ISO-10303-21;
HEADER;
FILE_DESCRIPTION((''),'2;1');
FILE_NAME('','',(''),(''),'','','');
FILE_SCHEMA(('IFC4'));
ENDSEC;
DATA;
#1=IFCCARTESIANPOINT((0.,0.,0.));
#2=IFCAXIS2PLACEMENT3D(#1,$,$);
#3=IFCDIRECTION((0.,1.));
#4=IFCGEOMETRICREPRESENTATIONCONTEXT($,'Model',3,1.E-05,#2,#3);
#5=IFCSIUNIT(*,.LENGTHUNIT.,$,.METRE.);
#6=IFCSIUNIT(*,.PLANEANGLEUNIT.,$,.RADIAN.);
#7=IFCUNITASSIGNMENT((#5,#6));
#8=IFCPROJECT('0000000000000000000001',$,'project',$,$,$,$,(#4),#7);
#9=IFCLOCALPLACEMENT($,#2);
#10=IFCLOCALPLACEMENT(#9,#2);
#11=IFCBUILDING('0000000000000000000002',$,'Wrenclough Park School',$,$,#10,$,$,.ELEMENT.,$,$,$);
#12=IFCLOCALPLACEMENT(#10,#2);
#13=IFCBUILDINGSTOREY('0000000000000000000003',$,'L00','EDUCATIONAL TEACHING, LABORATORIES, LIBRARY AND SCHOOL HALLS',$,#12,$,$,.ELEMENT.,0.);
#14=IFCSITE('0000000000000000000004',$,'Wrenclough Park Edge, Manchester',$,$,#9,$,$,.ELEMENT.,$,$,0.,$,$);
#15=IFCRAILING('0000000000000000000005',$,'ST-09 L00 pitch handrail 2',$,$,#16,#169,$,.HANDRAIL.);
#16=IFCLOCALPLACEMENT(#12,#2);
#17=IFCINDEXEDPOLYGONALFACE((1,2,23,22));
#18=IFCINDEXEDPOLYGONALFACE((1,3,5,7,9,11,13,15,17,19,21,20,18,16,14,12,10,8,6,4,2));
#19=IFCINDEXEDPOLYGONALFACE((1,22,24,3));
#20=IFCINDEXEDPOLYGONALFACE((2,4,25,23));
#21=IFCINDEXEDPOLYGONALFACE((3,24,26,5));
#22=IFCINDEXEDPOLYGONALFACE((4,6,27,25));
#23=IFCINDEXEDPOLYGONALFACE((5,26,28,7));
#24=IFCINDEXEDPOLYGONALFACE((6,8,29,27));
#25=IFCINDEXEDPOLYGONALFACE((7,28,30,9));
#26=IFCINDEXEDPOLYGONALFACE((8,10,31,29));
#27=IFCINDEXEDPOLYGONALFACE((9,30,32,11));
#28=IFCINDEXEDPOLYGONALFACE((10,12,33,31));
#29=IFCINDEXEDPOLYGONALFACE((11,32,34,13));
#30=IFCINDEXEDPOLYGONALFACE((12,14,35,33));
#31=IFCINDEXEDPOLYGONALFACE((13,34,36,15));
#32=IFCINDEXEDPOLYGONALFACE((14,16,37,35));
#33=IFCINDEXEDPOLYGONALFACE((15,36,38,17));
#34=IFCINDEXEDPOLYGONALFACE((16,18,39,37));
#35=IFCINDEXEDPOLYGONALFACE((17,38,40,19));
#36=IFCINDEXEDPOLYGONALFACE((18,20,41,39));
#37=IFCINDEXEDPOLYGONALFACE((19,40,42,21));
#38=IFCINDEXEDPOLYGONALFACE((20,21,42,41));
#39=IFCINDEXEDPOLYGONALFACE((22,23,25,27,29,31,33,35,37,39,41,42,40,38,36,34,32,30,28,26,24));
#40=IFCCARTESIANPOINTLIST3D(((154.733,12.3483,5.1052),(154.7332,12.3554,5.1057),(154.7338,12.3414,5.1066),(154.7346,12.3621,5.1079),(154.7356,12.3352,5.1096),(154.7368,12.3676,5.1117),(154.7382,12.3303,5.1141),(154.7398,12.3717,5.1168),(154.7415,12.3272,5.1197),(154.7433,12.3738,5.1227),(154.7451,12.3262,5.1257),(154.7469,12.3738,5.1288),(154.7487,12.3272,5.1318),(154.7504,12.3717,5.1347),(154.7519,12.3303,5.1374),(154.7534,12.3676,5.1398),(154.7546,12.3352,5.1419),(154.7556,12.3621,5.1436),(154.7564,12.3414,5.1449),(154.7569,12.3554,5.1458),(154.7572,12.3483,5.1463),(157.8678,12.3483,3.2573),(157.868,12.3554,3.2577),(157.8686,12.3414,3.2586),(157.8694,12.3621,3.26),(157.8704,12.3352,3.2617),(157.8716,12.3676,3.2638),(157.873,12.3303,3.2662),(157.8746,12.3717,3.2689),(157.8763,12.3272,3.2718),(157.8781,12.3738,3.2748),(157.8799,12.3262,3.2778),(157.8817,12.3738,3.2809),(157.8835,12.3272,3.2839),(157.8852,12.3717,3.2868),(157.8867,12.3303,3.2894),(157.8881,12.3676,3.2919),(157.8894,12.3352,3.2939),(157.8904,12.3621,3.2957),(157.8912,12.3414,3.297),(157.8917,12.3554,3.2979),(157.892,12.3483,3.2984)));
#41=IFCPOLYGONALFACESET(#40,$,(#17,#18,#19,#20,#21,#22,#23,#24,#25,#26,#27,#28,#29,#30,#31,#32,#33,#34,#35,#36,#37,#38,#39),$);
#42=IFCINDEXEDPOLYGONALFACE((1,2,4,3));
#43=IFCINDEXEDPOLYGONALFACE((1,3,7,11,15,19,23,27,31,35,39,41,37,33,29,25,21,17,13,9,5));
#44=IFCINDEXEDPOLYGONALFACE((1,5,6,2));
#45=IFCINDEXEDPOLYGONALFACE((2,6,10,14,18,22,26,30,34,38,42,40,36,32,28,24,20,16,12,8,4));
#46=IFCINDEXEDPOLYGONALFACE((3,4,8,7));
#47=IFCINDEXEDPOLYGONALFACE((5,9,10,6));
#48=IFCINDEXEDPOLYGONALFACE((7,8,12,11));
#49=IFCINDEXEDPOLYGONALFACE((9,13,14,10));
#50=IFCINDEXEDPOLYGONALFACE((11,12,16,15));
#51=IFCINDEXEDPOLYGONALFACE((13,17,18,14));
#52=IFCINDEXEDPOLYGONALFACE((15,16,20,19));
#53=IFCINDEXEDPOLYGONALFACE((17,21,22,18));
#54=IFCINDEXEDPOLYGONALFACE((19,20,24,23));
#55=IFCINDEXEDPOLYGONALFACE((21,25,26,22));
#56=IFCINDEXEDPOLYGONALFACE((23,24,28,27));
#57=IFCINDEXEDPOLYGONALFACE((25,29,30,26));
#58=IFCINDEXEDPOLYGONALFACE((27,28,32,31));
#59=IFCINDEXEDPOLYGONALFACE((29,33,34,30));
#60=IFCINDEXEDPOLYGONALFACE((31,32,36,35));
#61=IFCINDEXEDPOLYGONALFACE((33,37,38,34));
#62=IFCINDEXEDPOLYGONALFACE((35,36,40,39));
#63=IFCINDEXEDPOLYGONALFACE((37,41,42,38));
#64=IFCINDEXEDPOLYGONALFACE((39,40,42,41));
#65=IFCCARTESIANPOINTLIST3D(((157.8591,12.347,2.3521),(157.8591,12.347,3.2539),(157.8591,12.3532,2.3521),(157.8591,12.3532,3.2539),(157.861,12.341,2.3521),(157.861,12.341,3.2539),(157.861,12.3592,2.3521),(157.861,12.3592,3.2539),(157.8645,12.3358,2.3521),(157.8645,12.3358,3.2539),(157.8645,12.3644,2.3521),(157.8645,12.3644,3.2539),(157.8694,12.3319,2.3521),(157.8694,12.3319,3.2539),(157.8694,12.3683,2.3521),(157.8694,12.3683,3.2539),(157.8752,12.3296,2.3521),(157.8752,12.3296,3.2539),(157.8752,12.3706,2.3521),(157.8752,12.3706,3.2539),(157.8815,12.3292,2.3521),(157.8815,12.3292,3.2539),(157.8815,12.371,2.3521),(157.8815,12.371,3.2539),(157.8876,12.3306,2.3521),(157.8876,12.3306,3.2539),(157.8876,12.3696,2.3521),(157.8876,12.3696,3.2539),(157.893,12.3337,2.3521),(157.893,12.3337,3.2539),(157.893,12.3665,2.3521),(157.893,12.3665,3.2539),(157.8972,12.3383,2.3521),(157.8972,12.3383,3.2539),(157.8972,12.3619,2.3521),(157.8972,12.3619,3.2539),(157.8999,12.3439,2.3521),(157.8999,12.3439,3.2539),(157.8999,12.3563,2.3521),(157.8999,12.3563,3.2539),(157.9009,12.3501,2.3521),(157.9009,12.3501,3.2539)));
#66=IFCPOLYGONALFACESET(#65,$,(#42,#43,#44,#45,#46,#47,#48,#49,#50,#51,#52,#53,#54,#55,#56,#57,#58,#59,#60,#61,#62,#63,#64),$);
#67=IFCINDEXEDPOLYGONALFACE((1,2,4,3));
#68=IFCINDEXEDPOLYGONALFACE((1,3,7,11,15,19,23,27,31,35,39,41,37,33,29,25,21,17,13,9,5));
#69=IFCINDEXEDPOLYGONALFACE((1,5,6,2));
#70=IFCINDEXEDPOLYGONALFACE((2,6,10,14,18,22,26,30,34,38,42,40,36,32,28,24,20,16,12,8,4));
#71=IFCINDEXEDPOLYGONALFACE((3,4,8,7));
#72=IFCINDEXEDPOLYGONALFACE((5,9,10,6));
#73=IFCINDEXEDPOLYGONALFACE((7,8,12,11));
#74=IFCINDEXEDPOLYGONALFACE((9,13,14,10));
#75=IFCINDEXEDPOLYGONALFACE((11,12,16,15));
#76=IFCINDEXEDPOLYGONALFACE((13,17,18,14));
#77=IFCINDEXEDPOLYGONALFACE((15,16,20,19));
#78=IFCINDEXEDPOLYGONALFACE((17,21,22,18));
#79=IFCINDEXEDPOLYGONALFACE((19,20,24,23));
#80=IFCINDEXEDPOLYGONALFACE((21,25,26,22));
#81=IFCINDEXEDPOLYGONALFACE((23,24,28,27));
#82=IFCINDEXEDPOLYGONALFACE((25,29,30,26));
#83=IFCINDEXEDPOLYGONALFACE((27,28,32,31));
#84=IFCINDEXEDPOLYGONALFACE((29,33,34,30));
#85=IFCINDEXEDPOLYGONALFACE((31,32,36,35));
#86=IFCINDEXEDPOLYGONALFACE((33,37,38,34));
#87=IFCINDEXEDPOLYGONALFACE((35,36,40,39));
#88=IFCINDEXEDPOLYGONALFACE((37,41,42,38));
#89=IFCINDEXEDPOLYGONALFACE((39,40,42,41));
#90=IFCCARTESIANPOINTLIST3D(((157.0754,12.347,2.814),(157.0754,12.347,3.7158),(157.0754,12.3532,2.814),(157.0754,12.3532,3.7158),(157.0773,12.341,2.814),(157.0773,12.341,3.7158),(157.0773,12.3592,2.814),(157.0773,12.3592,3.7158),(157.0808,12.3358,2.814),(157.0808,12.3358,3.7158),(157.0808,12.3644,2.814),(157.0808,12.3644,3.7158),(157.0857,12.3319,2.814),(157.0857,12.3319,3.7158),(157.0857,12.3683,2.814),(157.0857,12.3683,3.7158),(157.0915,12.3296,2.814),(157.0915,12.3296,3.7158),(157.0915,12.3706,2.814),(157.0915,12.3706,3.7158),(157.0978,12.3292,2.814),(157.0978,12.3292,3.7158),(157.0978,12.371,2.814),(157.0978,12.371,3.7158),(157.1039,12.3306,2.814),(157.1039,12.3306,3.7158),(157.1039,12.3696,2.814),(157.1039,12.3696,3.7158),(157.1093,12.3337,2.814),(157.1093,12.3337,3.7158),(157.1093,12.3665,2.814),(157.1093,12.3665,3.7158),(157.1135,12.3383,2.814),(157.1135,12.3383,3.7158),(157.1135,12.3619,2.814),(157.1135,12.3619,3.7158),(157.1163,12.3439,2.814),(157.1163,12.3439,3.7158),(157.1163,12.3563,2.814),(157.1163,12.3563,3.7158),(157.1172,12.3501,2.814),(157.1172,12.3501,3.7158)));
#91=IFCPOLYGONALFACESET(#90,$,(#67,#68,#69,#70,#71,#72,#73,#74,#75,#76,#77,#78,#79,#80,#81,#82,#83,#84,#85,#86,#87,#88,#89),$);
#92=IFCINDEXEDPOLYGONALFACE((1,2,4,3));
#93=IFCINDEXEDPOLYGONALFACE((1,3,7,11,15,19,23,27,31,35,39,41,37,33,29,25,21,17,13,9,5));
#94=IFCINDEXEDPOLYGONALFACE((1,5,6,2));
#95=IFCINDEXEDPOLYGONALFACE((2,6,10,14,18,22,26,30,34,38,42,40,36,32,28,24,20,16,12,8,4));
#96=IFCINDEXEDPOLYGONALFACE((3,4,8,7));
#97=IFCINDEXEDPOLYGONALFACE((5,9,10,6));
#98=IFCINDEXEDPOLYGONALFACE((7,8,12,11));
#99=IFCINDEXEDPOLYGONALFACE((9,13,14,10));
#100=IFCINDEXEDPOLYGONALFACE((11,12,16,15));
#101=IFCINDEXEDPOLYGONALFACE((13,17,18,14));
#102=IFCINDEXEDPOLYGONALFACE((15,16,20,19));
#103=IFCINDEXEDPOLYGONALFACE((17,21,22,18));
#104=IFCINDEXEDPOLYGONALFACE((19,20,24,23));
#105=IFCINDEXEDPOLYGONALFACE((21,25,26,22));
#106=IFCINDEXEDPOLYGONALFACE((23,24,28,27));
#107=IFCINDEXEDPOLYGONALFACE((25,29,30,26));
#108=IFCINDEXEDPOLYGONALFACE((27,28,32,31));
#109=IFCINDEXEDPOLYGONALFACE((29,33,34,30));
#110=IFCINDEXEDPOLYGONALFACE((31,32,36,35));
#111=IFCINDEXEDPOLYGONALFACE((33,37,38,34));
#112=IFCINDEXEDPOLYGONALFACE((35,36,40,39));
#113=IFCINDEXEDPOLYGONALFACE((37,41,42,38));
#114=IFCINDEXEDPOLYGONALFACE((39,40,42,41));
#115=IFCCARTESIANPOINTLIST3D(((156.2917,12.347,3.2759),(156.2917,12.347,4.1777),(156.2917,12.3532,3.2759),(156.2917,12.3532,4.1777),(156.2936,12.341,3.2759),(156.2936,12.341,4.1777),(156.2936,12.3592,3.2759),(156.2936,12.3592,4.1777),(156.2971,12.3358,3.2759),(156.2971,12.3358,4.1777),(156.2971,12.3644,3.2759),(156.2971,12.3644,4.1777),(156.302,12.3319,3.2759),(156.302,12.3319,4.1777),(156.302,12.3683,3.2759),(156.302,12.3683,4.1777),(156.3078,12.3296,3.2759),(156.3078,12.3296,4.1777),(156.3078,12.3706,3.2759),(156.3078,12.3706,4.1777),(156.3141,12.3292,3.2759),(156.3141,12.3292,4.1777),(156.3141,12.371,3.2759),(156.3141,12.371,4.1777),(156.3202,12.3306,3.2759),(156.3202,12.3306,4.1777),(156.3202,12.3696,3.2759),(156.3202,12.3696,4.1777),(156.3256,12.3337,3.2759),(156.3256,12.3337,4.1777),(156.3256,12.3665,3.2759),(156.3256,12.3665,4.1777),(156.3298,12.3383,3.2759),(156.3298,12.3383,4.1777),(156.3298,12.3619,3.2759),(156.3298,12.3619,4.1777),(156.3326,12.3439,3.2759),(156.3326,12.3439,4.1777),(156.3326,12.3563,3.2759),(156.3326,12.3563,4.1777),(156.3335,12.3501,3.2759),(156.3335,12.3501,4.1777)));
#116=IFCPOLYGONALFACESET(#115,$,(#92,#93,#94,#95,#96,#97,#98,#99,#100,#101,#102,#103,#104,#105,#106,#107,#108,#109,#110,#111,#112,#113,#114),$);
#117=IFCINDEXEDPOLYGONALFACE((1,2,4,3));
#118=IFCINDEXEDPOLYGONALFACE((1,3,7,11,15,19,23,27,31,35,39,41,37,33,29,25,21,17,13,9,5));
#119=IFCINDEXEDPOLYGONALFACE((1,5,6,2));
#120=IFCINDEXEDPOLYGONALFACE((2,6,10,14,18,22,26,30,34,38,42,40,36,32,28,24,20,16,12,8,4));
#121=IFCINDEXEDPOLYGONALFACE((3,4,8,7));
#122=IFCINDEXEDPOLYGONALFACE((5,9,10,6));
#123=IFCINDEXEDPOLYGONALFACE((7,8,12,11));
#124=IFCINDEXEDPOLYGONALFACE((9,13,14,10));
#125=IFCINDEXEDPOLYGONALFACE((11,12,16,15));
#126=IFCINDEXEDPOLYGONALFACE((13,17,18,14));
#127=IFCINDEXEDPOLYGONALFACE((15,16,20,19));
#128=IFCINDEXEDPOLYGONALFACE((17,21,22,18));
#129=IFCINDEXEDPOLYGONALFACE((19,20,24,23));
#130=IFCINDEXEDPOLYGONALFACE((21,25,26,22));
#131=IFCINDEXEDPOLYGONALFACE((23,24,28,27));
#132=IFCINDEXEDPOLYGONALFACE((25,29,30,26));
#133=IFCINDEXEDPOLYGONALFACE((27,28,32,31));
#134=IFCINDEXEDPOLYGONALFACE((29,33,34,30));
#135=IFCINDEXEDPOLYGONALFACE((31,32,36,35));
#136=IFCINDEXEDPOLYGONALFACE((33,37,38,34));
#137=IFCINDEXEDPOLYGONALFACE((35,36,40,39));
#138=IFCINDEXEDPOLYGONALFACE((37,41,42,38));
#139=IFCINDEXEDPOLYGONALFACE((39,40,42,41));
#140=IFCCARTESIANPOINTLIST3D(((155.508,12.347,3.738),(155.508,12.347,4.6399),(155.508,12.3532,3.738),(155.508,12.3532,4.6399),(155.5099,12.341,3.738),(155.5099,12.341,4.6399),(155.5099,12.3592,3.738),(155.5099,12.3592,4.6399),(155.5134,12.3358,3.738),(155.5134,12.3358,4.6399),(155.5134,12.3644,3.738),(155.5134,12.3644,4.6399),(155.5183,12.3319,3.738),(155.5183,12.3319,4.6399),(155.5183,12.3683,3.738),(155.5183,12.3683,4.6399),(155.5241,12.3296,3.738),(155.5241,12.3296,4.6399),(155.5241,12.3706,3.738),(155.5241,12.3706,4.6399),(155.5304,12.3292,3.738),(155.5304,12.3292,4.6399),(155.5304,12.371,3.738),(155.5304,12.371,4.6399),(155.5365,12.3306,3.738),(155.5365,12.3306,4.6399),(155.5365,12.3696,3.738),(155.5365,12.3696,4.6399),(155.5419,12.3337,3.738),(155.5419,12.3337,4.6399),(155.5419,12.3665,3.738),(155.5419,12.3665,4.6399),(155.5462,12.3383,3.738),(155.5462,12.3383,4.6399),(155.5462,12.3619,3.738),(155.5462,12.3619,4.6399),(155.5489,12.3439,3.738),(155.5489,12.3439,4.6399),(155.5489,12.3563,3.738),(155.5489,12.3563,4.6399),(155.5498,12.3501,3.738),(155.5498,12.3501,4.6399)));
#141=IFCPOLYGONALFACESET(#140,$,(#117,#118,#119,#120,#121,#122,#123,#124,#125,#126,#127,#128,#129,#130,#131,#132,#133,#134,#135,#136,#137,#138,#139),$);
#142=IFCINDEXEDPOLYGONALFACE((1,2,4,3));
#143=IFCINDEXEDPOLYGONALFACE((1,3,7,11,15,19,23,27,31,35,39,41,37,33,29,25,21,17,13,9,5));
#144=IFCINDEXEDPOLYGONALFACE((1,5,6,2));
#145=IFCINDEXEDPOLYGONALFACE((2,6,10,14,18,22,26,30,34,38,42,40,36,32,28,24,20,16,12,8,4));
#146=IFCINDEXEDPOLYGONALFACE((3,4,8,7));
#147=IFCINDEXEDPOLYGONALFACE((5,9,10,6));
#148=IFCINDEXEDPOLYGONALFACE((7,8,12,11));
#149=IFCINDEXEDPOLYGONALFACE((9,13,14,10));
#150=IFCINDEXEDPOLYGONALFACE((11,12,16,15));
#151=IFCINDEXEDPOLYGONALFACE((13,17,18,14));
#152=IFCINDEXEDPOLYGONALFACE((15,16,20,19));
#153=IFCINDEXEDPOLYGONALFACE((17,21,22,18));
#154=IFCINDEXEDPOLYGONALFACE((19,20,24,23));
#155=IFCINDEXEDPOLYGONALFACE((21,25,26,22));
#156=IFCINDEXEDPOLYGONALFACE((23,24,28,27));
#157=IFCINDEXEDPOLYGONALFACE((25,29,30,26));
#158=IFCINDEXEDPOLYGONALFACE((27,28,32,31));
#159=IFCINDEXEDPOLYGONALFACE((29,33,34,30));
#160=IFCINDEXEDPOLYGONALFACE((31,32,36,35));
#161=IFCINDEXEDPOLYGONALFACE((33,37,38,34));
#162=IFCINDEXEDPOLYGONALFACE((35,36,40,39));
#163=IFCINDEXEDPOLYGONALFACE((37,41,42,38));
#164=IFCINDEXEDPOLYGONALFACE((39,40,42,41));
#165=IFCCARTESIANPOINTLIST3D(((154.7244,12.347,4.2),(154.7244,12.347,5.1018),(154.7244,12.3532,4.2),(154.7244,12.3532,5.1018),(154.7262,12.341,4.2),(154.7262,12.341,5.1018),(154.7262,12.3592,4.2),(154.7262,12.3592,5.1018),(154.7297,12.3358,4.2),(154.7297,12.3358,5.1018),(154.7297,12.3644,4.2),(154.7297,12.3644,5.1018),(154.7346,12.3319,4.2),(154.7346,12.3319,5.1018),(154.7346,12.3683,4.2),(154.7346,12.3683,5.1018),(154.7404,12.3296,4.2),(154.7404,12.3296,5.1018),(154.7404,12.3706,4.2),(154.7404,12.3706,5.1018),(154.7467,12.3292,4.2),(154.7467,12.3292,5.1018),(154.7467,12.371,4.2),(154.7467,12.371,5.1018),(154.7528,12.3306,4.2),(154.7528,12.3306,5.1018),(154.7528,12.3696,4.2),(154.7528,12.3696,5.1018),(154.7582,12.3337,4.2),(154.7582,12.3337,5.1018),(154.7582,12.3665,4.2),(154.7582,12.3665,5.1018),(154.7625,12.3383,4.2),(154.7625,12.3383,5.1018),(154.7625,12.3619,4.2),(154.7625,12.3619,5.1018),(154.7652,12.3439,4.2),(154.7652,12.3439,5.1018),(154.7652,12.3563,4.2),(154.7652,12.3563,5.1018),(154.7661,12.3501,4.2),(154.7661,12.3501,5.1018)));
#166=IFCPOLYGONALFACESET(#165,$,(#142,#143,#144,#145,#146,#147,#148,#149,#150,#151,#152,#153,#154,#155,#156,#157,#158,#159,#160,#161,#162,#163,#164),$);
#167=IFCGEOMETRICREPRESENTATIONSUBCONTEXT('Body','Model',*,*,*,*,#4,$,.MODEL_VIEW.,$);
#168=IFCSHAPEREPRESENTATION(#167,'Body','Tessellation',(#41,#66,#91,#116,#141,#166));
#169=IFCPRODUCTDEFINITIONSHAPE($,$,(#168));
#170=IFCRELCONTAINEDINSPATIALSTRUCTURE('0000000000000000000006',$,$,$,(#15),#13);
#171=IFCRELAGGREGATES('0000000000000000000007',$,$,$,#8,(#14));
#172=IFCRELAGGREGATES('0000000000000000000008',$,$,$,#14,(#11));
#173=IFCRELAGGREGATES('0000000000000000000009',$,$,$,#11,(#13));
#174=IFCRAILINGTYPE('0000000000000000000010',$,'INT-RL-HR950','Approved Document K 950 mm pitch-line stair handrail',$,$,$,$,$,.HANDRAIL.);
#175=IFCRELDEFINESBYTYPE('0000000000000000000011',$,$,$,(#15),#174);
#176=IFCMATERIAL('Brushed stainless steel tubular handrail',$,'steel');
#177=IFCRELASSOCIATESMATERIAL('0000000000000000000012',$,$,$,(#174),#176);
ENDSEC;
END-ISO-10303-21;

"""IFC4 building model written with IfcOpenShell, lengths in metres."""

from ifc_helpers import new_model, si_unit, direction, frame, origin, origin_2d, place, context, subcontext, project, spatial, circle, extrude, material, type_object, element, save


model = new_model("IFC4")

# Units and contexts
model_context = context("Model", 3, precision=1e-05, world=origin(), true_north=direction((0.0, 1.0)))
body_context = subcontext(model_context, "Body", "Model", "MODEL_VIEW")
ifc_project = project(units=[si_unit("LENGTHUNIT", "METRE"), si_unit("PLANEANGLEUNIT", "RADIAN")], contexts=[model_context])

# Site, building, storey
site_placement = place(None, origin())
site = spatial("IfcSite", under=ifc_project, at=site_placement, Name="Wrenclough Park Edge, Manchester", CompositionType="ELEMENT", RefElevation=0.0)
building_placement = place(site_placement, origin())
building = spatial("IfcBuilding", under=site, at=building_placement, Name="Wrenclough Park School", CompositionType="ELEMENT")
storey_placement = place(building_placement, origin())
storey = spatial("IfcBuildingStorey", under=building, at=storey_placement, Name="L00", Description="EDUCATIONAL TEACHING, LABORATORIES, LIBRARY AND SCHOOL HALLS", CompositionType="ELEMENT", Elevation=0.0)

# Railing
ifc_material_1 = material(Name="Brushed stainless steel tubular handrail", Category="steel")
railing_type_1 = type_object("IfcRailingType", Name="INT-RL-HR950", Description="Approved Document K 950 mm pitch-line stair handrail", PredefinedType="HANDRAIL", material=ifc_material_1)
railing_1_placement = place(storey_placement, frame((157.8799, 12.3501, 2.3521)))
element("IfcRailing", 1, at=railing_1_placement, inside=storey, type_object=railing_type_1, Name="ST-09 L00 pitch handrail 2", PredefinedType="HANDRAIL", context=body_context, shape_type="SweptSolid", body=[
    extrude(circle(Radius=0.0239, at=origin_2d()), frame((0.0, 0.0, 0.9258), z_axis=(-0.861463, 0.0, 0.50782), x_axis=(0.0, -1.0, 0.0)), (0.0, 0.0, 1.0), 3.6389),
    extrude(circle(Radius=0.021, at=origin_2d()), origin(), (0.0, 0.0, 1.0), 0.9019),
    extrude(circle(Radius=0.021, at=origin_2d()), frame((-0.7837, 0.0, 0.4619)), (0.0, 0.0, 1.0), 0.9019),
    extrude(circle(Radius=0.021, at=origin_2d()), frame((-1.5674, 0.0, 0.9238)), (0.0, 0.0, 1.0), 0.9019),
    extrude(circle(Radius=0.021, at=origin_2d()), frame((-2.3511, 0.0, 1.386)), (0.0, 0.0, 1.0), 0.9019),
    extrude(circle(Radius=0.021, at=origin_2d()), frame((-3.1348, 0.0, 1.8479)), (0.0, 0.0, 1.0), 0.9019),
])

save(model, "model.ifc")
